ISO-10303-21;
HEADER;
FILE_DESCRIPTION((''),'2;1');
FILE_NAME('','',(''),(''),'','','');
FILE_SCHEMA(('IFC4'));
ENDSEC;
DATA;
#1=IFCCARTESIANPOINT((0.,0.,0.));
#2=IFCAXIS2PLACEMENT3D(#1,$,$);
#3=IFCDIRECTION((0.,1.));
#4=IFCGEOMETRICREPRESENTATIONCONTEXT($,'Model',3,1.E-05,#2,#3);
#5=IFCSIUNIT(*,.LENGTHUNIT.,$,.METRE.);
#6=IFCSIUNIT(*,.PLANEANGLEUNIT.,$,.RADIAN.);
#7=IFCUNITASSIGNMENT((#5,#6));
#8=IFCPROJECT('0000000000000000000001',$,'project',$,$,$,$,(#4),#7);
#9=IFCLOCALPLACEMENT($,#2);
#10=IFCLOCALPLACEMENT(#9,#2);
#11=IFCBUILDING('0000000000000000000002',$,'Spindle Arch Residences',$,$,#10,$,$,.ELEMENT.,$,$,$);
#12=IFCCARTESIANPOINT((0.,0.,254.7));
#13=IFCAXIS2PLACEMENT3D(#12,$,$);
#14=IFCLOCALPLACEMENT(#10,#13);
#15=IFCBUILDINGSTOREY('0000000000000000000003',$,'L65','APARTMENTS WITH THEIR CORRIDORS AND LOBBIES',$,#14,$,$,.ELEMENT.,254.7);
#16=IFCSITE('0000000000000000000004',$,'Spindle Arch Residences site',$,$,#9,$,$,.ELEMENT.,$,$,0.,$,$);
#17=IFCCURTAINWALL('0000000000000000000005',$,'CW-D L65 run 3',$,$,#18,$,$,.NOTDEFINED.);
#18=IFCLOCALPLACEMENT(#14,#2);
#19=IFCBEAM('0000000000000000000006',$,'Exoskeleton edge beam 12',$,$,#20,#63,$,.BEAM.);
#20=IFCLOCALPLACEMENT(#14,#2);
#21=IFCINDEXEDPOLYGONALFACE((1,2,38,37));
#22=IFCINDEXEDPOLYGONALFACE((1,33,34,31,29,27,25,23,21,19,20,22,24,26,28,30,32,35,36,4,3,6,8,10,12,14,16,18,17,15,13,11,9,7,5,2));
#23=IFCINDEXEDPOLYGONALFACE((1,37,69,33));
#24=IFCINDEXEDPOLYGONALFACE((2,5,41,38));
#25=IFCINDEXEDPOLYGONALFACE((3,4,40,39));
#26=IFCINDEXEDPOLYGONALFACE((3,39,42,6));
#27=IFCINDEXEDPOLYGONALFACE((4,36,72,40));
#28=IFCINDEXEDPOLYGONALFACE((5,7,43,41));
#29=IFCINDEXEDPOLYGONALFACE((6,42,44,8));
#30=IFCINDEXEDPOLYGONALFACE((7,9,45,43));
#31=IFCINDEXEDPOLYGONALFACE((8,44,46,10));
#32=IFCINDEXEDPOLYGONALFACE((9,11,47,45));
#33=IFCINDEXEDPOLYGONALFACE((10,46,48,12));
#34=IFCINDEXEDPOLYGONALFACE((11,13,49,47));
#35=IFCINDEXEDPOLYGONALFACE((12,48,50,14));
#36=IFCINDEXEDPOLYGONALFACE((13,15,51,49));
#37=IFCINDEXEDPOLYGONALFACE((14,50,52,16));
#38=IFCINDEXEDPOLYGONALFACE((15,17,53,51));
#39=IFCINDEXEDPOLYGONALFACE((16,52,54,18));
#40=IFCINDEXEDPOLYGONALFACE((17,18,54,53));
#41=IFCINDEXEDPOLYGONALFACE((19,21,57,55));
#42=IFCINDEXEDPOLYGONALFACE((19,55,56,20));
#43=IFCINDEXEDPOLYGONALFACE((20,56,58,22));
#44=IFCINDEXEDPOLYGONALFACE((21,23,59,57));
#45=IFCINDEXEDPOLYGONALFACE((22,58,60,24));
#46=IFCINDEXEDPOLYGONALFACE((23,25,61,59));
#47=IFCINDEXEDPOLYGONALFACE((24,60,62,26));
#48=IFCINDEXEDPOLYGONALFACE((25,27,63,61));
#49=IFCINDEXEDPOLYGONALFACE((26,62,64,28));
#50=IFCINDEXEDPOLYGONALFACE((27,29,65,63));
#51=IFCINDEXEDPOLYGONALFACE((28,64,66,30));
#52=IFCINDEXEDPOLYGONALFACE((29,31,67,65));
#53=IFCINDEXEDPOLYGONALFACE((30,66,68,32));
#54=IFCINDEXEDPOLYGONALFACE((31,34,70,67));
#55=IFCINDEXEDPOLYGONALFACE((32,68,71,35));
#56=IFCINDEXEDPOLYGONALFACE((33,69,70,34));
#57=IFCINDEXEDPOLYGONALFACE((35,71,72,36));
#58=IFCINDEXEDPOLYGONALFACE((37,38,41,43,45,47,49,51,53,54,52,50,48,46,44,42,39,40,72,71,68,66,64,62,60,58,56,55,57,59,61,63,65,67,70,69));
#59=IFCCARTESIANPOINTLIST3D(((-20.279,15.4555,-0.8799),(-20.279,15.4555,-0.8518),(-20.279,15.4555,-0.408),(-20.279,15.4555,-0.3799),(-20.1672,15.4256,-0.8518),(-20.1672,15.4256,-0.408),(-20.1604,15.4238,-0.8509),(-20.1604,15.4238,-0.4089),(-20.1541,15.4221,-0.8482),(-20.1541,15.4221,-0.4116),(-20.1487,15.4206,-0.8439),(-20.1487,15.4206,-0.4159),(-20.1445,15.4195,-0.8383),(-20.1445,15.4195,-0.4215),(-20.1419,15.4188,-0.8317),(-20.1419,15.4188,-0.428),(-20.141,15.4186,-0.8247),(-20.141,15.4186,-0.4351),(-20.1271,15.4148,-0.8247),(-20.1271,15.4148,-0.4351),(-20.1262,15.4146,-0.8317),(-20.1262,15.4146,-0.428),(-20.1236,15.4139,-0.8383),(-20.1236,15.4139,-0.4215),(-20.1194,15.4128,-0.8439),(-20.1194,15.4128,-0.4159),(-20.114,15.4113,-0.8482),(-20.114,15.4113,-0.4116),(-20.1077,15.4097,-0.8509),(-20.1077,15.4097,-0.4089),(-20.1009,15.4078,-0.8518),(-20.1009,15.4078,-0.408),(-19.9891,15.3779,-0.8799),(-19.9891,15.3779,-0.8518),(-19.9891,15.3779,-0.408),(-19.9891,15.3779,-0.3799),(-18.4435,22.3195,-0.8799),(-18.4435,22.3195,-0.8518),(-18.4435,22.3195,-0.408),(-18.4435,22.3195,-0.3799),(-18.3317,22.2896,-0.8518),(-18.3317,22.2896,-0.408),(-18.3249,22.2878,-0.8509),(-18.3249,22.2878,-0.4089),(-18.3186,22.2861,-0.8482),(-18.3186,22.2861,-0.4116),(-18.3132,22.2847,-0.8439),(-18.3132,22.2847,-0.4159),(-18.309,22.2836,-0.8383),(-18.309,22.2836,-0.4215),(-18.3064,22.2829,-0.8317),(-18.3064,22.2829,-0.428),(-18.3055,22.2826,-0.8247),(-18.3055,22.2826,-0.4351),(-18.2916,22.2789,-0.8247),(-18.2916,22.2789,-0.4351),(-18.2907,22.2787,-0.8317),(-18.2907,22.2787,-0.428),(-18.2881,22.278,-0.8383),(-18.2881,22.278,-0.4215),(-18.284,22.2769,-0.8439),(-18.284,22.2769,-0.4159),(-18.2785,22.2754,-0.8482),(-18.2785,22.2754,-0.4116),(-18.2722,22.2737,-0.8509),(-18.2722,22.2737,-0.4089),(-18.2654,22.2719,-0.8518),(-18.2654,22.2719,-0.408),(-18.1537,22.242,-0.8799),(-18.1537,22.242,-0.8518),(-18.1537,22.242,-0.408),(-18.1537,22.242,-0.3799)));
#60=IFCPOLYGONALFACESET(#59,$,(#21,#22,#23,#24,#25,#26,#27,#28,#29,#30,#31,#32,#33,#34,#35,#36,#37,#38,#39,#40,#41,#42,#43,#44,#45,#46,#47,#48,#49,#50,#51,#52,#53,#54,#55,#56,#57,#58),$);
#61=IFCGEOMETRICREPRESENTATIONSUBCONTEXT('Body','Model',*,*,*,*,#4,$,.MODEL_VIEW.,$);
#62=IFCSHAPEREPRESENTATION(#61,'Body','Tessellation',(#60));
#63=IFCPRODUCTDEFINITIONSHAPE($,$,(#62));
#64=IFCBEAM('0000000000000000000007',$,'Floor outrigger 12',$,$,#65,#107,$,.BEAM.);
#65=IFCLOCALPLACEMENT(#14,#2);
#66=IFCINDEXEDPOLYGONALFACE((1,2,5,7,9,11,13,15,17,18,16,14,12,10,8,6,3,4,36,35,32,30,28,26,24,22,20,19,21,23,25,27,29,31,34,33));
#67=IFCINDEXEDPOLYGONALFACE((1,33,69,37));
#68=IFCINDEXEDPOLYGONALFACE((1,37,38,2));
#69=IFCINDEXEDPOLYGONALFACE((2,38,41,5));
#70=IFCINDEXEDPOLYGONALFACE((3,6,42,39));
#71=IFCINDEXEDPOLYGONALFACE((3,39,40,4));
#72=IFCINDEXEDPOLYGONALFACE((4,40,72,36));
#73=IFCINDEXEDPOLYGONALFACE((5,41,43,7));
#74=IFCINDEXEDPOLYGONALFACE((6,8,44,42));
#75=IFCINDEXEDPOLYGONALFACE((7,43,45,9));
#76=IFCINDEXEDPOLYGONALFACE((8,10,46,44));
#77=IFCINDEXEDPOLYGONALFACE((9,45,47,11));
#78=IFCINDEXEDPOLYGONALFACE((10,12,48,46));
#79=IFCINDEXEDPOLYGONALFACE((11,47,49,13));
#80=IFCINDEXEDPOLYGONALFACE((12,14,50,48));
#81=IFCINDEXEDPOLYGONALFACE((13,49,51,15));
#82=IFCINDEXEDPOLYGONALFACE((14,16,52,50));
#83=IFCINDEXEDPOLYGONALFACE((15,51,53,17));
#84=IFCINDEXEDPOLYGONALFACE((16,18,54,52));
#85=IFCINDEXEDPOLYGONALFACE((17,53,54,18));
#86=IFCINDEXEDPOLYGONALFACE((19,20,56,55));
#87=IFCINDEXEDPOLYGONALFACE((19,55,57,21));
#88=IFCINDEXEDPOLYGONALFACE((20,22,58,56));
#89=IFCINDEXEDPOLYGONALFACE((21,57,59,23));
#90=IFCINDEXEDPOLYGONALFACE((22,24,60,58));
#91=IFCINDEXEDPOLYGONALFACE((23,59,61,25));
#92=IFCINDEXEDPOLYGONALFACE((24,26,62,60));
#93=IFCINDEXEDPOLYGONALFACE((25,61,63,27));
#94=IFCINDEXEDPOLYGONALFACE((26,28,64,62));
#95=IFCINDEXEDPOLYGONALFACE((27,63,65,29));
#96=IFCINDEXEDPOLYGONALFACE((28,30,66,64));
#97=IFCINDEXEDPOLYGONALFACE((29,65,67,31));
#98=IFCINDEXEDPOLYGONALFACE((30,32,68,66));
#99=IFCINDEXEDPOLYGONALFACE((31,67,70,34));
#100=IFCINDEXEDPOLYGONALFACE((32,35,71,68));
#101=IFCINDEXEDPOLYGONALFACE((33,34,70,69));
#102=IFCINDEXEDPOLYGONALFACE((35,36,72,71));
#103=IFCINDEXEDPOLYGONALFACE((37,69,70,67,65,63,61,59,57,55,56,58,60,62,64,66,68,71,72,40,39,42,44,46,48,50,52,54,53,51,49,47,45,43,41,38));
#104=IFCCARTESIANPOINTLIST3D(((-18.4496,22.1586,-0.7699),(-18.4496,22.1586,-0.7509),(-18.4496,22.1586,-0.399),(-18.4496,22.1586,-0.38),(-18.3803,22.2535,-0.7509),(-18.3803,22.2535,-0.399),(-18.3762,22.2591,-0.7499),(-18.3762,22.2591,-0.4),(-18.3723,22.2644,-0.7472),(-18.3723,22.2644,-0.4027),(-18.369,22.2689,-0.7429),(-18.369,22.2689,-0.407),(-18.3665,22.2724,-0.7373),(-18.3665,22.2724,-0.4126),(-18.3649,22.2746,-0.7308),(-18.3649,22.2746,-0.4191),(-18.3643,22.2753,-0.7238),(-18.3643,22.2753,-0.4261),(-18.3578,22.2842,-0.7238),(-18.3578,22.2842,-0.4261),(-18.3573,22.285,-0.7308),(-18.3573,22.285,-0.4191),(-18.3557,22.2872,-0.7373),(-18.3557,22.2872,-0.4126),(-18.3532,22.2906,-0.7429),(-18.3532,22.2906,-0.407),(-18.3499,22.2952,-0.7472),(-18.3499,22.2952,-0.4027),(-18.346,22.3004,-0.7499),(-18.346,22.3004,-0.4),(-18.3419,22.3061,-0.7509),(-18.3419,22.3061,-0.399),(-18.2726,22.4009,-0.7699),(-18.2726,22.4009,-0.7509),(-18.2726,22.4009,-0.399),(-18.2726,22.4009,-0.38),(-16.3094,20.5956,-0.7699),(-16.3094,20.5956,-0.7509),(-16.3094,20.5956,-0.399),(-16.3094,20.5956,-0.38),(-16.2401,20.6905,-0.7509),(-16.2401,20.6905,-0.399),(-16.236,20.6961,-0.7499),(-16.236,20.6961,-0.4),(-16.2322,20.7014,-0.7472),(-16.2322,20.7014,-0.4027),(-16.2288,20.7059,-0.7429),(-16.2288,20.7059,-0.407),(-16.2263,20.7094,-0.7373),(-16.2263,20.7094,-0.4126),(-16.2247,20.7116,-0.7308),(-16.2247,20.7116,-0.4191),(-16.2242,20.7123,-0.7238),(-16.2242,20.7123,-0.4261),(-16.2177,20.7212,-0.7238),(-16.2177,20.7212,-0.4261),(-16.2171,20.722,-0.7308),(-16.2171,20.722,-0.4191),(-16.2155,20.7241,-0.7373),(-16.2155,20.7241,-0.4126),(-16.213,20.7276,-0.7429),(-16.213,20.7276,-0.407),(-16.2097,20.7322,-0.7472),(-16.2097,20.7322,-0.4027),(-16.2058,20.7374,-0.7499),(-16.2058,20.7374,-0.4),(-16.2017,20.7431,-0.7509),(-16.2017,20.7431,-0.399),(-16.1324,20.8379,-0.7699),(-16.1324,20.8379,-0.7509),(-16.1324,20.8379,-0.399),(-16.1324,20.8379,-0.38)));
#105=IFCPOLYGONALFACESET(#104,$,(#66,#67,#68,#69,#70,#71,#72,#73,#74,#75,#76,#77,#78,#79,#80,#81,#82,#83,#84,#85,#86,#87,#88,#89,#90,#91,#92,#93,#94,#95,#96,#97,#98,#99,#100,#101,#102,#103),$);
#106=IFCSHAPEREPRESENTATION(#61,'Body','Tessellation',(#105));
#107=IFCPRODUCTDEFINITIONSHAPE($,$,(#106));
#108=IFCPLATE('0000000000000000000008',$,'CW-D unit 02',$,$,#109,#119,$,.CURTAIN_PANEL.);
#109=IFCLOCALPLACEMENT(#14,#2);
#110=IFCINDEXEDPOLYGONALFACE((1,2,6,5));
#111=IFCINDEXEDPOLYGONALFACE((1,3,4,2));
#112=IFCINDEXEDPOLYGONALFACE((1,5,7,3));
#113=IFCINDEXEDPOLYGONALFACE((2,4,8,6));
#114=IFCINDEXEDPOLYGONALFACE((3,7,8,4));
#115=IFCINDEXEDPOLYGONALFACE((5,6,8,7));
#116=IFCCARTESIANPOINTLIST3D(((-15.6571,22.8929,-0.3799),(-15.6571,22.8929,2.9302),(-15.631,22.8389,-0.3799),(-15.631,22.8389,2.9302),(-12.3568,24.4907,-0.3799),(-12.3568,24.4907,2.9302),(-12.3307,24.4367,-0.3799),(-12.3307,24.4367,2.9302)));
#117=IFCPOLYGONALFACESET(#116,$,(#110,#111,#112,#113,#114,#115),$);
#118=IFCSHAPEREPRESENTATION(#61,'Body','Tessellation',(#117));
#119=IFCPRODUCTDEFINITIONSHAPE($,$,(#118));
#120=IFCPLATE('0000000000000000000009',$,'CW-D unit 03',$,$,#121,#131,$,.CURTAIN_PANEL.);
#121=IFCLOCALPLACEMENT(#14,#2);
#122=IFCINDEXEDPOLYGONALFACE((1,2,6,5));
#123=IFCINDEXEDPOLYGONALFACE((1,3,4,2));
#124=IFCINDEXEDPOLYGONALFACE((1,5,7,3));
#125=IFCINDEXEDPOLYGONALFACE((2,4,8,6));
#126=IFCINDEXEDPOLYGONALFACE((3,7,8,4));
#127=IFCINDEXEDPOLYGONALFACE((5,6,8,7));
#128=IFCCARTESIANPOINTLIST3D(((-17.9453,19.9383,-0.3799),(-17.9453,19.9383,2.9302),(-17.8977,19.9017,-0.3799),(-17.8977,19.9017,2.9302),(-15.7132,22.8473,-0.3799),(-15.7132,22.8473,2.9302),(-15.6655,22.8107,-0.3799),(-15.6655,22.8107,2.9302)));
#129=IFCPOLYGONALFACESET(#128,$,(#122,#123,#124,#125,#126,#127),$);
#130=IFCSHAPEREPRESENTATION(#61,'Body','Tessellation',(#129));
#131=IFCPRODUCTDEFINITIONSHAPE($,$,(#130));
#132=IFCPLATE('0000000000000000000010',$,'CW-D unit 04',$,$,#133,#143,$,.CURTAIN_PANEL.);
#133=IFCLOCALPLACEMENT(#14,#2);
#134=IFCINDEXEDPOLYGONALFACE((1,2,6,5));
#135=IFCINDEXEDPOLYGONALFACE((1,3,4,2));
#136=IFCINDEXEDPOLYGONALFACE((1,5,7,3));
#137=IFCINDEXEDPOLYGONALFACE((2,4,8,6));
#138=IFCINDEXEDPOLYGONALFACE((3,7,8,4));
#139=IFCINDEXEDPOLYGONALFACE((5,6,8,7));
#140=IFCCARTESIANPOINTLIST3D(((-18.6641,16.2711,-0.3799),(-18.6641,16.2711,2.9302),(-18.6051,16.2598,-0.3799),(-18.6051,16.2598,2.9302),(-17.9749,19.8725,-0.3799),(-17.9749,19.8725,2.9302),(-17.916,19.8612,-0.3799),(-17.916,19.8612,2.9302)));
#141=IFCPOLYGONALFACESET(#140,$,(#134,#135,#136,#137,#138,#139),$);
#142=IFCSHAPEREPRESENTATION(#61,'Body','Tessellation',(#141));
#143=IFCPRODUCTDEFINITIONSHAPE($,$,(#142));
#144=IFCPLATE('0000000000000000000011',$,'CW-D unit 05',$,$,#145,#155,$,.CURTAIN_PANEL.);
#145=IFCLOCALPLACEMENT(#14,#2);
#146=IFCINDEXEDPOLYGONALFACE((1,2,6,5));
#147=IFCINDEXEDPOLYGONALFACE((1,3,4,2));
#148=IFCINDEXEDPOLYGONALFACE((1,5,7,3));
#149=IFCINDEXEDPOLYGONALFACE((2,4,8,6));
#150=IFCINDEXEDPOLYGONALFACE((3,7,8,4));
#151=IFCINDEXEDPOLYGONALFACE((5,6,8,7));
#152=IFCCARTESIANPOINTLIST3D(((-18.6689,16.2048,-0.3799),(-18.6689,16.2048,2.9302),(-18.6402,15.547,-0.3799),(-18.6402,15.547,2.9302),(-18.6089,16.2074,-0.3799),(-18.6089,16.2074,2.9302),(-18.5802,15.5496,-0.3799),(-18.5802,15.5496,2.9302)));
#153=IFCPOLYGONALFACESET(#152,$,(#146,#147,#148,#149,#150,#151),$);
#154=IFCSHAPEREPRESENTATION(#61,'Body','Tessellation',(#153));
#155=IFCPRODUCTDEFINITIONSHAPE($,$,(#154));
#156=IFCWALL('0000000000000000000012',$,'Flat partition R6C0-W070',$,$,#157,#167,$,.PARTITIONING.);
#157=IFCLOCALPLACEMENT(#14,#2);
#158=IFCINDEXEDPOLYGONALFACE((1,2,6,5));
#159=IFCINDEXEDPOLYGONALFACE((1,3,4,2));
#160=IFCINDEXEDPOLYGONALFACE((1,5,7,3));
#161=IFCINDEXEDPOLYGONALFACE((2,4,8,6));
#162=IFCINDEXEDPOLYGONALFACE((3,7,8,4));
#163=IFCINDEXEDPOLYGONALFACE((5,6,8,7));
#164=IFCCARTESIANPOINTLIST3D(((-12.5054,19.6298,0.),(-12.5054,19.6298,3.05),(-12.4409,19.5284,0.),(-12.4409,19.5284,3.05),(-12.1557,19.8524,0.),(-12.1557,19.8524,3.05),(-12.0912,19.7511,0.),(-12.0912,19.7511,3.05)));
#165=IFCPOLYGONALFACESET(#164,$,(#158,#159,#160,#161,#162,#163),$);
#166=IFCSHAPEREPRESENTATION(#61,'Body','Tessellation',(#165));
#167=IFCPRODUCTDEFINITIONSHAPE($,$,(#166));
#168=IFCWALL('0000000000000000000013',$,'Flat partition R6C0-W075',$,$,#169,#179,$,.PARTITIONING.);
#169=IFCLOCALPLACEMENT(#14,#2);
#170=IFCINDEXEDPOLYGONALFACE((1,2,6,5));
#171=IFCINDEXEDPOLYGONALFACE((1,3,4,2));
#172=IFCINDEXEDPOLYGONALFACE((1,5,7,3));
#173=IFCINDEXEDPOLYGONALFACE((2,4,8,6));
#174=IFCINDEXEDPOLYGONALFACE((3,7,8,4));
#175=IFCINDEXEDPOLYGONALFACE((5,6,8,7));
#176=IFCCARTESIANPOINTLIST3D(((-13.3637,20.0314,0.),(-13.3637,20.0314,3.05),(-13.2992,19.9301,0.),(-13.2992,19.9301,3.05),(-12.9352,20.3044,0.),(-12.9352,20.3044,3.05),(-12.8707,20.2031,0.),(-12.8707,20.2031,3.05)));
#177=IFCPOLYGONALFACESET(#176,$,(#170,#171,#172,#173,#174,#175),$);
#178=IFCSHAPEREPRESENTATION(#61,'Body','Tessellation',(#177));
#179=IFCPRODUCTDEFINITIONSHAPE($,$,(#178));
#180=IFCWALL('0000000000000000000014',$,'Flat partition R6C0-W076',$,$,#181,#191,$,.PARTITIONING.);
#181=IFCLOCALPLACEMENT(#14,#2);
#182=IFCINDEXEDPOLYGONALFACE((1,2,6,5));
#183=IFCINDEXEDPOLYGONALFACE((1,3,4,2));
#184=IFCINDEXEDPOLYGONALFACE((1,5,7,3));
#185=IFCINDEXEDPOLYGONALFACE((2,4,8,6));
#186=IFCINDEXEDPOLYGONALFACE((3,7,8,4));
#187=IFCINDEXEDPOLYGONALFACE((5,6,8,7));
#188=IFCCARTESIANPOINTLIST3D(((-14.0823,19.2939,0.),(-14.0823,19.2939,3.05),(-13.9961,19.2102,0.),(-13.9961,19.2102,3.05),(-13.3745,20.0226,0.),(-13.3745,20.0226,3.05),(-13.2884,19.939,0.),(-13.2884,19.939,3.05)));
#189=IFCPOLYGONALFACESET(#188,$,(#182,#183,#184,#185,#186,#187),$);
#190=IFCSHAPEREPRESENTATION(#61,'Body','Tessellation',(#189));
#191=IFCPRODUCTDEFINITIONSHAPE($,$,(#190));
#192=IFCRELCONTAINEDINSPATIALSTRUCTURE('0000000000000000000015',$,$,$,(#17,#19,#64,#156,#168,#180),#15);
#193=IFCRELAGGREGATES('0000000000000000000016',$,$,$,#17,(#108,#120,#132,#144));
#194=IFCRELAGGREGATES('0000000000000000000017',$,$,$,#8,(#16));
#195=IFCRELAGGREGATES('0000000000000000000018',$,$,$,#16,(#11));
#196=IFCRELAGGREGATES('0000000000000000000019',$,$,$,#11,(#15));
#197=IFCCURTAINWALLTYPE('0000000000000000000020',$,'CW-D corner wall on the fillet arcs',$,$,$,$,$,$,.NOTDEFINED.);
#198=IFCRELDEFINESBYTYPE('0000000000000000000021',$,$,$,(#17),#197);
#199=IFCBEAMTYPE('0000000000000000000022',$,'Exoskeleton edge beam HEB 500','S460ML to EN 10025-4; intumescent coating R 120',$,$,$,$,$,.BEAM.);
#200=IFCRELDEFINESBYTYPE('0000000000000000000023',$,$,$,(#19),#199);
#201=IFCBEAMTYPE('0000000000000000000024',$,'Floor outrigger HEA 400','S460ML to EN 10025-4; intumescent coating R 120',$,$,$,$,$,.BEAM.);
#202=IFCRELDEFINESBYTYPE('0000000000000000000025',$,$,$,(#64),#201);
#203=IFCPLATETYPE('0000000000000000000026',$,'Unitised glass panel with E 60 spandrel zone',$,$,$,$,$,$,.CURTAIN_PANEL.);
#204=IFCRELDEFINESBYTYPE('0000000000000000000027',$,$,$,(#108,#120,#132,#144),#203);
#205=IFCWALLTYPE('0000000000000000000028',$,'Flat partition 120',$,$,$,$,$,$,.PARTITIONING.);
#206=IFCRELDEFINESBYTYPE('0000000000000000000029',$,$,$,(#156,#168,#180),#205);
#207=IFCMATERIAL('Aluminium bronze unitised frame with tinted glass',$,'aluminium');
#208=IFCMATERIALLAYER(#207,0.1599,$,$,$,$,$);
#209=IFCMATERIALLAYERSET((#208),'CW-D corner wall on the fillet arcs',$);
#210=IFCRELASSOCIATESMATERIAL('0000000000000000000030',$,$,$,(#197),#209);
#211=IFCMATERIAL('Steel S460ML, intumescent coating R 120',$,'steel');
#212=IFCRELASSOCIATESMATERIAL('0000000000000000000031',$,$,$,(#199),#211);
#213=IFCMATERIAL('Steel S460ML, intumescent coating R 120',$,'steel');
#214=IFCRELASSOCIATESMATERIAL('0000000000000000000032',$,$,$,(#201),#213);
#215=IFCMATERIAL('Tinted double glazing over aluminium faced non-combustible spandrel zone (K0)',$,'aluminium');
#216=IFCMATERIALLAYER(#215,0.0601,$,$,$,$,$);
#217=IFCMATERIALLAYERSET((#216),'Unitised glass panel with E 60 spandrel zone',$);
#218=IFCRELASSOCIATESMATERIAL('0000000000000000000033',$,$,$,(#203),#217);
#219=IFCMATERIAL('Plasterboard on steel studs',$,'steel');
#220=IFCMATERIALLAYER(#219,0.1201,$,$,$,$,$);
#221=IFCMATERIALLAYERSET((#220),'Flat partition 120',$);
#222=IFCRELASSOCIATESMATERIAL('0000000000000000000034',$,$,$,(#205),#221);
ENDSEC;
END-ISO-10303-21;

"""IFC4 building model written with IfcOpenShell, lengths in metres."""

from ifc_helpers import new_model, si_unit, direction, frame, frame_2d, origin, origin_2d, place, context, subcontext, project, spatial, rectangle, i_section, extrude, material, layer, layer_set, material_profile, profile_set, type_object, element, aggregate, save


model = new_model("IFC4")

# Units and contexts
model_context = context("Model", 3, precision=1e-05, world=origin(), true_north=direction((0.0, 1.0)))
body_context = subcontext(model_context, "Body", "Model", "MODEL_VIEW")
ifc_project = project(units=[si_unit("LENGTHUNIT", "METRE"), si_unit("PLANEANGLEUNIT", "RADIAN")], contexts=[model_context])

# Site, building, storey
site_placement = place(None, origin())
site = spatial("IfcSite", under=ifc_project, at=site_placement, Name="Spindle Arch Residences site", CompositionType="ELEMENT", RefElevation=0.0)
building_placement = place(site_placement, origin())
building = spatial("IfcBuilding", under=site, at=building_placement, Name="Spindle Arch Residences", CompositionType="ELEMENT")
storey_placement = place(building_placement, frame((0.0, 0.0, 254.7)))
storey = spatial("IfcBuildingStorey", under=building, at=storey_placement, Name="L65", Description="APARTMENTS WITH THEIR CORRIDORS AND LOBBIES", CompositionType="ELEMENT", Elevation=254.7)

# Curtain wall
ifc_material_1 = material(Name="Aluminium bronze unitised frame with tinted glass", Category="aluminium")
ifc_layer_1 = layer(ifc_material_1, 0.1599)
ifc_layer_set_1 = layer_set([ifc_layer_1], Name="CW-D corner wall on the fillet arcs")
curtain_wall_type = type_object("IfcCurtainWallType", Name="CW-D corner wall on the fillet arcs", PredefinedType="NOTDEFINED", material=ifc_layer_set_1)
curtain_wall_placement = place(storey_placement, origin())
curtain_wall = element("IfcCurtainWall", 1, at=curtain_wall_placement, inside=storey, type_object=curtain_wall_type, Name="CW-D L65 run 3", PredefinedType="NOTDEFINED")

# Beams
ifc_material_2 = material(Name="Steel S460ML, intumescent coating R 120", Category="steel")
ifc_material_profile_1 = material_profile(ifc_material_2, i_section(OverallWidth=0.3, OverallDepth=0.5, WebThickness=0.0144, FlangeThickness=0.0281, FilletRadius=0.0271, at=origin_2d()), Name="HEB 500")
ifc_profile_set_1 = profile_set([ifc_material_profile_1], Name="Steel S460ML, intumescent coating R 120")
beam_type_1 = type_object("IfcBeamType", Name="Exoskeleton edge beam HEB 500", Description="S460ML to EN 10025-4; intumescent coating R 120", PredefinedType="BEAM", material=ifc_profile_set_1)
beam_1_placement = place(storey_placement, frame((-18.2986, 22.2808, -0.6299), z_axis=(-0.258326, -0.966058, 0.0), x_axis=(0.966058, -0.258326, 0.0)))
element("IfcBeam", 2, at=beam_1_placement, inside=storey, type_object=beam_type_1, Name="Exoskeleton edge beam 12", PredefinedType="BEAM", context=body_context, shape_type="SweptSolid", body=[
    extrude(i_section(OverallWidth=0.3, OverallDepth=0.5, WebThickness=0.0144, FlangeThickness=0.0281, FilletRadius=0.0271, at=origin_2d()), origin(), (0.0, 0.0, 1.0), 7.1052),
])
ifc_material_3 = material(Name="Steel S460ML, intumescent coating R 120", Category="steel")
ifc_material_profile_2 = material_profile(ifc_material_3, i_section(OverallWidth=0.3, OverallDepth=0.3899, WebThickness=0.011, FlangeThickness=0.019, FilletRadius=0.0271, at=origin_2d()), Name="HEA 400")
ifc_profile_set_2 = profile_set([ifc_material_profile_2], Name="Steel S460ML, intumescent coating R 120")
beam_type_2 = type_object("IfcBeamType", Name="Floor outrigger HEA 400", Description="S460ML to EN 10025-4; intumescent coating R 120", PredefinedType="BEAM", material=ifc_profile_set_2)
beam_2_placement = place(storey_placement, frame((-18.3611, 22.2798, -0.575), z_axis=(0.807563, -0.589781, 0.0), x_axis=(0.589781, 0.807563, 0.0)))
element("IfcBeam", 3, at=beam_2_placement, inside=storey, type_object=beam_type_2, Name="Floor outrigger 12", PredefinedType="BEAM", context=body_context, shape_type="SweptSolid", body=[
    extrude(i_section(OverallWidth=0.3, OverallDepth=0.3899, WebThickness=0.011, FlangeThickness=0.019, FilletRadius=0.0271, at=origin_2d()), origin(), (0.0, 0.0, 1.0), 2.6501),
])

# Plates
ifc_material_4 = material(Name="Tinted double glazing over aluminium faced non-combustible spandrel zone (K0)", Category="aluminium")
ifc_layer_2 = layer(ifc_material_4, 0.0601)
ifc_layer_set_2 = layer_set([ifc_layer_2], Name="Unitised glass panel with E 60 spandrel zone")
plate_type = type_object("IfcPlateType", Name="Unitised glass panel with E 60 spandrel zone", PredefinedType="CURTAIN_PANEL", material=ifc_layer_set_2)
plate_1_placement = place(storey_placement, frame((-13.9939, 23.6648, -0.3799), z_axis=(0.0, 0.0, 1.0), x_axis=(-0.900065, -0.435755, 0.0)))
plate_1 = element("IfcPlate", 4, at=plate_1_placement, type_object=plate_type, Name="CW-D unit 02", PredefinedType="CURTAIN_PANEL", context=body_context, shape_type="SweptSolid", body=[
    extrude(rectangle(XDim=3.6667, YDim=0.0601, at=origin_2d()), origin(), (0.0, 0.0, 1.0), 3.3101),
])
plate_2_placement = place(storey_placement, frame((-16.8054, 21.3745, -0.3799), z_axis=(0.0, 0.0, 1.0), x_axis=(-0.608761, -0.793353, 0.0)))
plate_2 = element("IfcPlate", 5, at=plate_2_placement, type_object=plate_type, Name="CW-D unit 03", PredefinedType="CURTAIN_PANEL", context=body_context, shape_type="SweptSolid", body=[
    extrude(rectangle(XDim=3.6667, YDim=0.0601, at=origin_2d()), origin(), (0.0, 0.0, 1.0), 3.3101),
])
plate_3_placement = place(storey_placement, frame((-18.29, 18.0662, -0.3799), z_axis=(0.0, 0.0, 1.0), x_axis=(-0.187953, -0.982178, 0.0)))
plate_3 = element("IfcPlate", 6, at=plate_3_placement, type_object=plate_type, Name="CW-D unit 04", PredefinedType="CURTAIN_PANEL", context=body_context, shape_type="SweptSolid", body=[
    extrude(rectangle(XDim=3.6667, YDim=0.0601, at=origin_2d()), origin(), (0.0, 0.0, 1.0), 3.3101),
])
plate_4_placement = place(storey_placement, frame((-18.6245, 15.8772, -0.3799), z_axis=(0.0, 0.0, 1.0), x_axis=(0.043619, -0.999048, 0.0)))
plate_4 = element("IfcPlate", 7, at=plate_4_placement, type_object=plate_type, Name="CW-D unit 05", PredefinedType="CURTAIN_PANEL", context=body_context, shape_type="SweptSolid", body=[
    extrude(rectangle(XDim=0.6584, YDim=0.0601, at=origin_2d()), origin(), (0.0, 0.0, 1.0), 3.3101),
])
aggregate(curtain_wall, [plate_1, plate_2, plate_3, plate_4])

# Walls
ifc_material_5 = material(Name="Plasterboard on steel studs", Category="steel")
ifc_layer_3 = layer(ifc_material_5, 0.1201)
ifc_layer_set_3 = layer_set([ifc_layer_3], Name="Flat partition 120")
wall_type_1 = type_object("IfcWallType", Name="Flat partition 120", PredefinedType="PARTITIONING", material=ifc_layer_set_3)
wall_1_placement = place(storey_placement, frame((-12.4731, 19.5791, 0.0), z_axis=(0.0, 0.0, 1.0), x_axis=(0.843467, 0.53718, 0.0)))
element("IfcWall", 8, at=wall_1_placement, inside=storey, type_object=wall_type_1, Name="Flat partition R6C0-W070", PredefinedType="PARTITIONING", context=body_context, shape_type="SweptSolid", body=[
    extrude(rectangle(XDim=0.4146, YDim=0.1201, at=frame_2d((0.2073, 0.0))), origin(), (0.0, 0.0, 1.0), 3.05),
])
wall_2_placement = place(storey_placement, frame((-12.9031, 20.2537, 0.0), z_axis=(0.0, 0.0, 1.0), x_axis=(-0.843404, -0.53728, 0.0)))
element("IfcWall", 9, at=wall_2_placement, inside=storey, type_object=wall_type_1, Name="Flat partition R6C0-W075", PredefinedType="PARTITIONING", context=body_context, shape_type="SweptSolid", body=[
    extrude(rectangle(XDim=0.5081, YDim=0.1201, at=frame_2d((0.2539, 0.0))), origin(), (0.0, 0.0, 1.0), 3.05),
])
for number, where, z_axis, x_axis, name in (
    (10, (-13.3315, 19.9807, 0.0), (0.0, 0.0, 1.0), (-0.696697, -0.717365, 0.0), "Flat partition R6C0-W076"),
):
    element("IfcWall", number, at=place(storey_placement, frame(where, z_axis=z_axis, x_axis=x_axis)), inside=storey, type_object=wall_type_1, Name=name, PredefinedType="PARTITIONING", context=body_context, shape_type="SweptSolid", body=[
        extrude(rectangle(XDim=1.0159, YDim=0.1201, at=frame_2d((0.5078, 0.0))), origin(), (0.0, 0.0, 1.0), 3.05),
    ])

save(model, "model.ifc")
